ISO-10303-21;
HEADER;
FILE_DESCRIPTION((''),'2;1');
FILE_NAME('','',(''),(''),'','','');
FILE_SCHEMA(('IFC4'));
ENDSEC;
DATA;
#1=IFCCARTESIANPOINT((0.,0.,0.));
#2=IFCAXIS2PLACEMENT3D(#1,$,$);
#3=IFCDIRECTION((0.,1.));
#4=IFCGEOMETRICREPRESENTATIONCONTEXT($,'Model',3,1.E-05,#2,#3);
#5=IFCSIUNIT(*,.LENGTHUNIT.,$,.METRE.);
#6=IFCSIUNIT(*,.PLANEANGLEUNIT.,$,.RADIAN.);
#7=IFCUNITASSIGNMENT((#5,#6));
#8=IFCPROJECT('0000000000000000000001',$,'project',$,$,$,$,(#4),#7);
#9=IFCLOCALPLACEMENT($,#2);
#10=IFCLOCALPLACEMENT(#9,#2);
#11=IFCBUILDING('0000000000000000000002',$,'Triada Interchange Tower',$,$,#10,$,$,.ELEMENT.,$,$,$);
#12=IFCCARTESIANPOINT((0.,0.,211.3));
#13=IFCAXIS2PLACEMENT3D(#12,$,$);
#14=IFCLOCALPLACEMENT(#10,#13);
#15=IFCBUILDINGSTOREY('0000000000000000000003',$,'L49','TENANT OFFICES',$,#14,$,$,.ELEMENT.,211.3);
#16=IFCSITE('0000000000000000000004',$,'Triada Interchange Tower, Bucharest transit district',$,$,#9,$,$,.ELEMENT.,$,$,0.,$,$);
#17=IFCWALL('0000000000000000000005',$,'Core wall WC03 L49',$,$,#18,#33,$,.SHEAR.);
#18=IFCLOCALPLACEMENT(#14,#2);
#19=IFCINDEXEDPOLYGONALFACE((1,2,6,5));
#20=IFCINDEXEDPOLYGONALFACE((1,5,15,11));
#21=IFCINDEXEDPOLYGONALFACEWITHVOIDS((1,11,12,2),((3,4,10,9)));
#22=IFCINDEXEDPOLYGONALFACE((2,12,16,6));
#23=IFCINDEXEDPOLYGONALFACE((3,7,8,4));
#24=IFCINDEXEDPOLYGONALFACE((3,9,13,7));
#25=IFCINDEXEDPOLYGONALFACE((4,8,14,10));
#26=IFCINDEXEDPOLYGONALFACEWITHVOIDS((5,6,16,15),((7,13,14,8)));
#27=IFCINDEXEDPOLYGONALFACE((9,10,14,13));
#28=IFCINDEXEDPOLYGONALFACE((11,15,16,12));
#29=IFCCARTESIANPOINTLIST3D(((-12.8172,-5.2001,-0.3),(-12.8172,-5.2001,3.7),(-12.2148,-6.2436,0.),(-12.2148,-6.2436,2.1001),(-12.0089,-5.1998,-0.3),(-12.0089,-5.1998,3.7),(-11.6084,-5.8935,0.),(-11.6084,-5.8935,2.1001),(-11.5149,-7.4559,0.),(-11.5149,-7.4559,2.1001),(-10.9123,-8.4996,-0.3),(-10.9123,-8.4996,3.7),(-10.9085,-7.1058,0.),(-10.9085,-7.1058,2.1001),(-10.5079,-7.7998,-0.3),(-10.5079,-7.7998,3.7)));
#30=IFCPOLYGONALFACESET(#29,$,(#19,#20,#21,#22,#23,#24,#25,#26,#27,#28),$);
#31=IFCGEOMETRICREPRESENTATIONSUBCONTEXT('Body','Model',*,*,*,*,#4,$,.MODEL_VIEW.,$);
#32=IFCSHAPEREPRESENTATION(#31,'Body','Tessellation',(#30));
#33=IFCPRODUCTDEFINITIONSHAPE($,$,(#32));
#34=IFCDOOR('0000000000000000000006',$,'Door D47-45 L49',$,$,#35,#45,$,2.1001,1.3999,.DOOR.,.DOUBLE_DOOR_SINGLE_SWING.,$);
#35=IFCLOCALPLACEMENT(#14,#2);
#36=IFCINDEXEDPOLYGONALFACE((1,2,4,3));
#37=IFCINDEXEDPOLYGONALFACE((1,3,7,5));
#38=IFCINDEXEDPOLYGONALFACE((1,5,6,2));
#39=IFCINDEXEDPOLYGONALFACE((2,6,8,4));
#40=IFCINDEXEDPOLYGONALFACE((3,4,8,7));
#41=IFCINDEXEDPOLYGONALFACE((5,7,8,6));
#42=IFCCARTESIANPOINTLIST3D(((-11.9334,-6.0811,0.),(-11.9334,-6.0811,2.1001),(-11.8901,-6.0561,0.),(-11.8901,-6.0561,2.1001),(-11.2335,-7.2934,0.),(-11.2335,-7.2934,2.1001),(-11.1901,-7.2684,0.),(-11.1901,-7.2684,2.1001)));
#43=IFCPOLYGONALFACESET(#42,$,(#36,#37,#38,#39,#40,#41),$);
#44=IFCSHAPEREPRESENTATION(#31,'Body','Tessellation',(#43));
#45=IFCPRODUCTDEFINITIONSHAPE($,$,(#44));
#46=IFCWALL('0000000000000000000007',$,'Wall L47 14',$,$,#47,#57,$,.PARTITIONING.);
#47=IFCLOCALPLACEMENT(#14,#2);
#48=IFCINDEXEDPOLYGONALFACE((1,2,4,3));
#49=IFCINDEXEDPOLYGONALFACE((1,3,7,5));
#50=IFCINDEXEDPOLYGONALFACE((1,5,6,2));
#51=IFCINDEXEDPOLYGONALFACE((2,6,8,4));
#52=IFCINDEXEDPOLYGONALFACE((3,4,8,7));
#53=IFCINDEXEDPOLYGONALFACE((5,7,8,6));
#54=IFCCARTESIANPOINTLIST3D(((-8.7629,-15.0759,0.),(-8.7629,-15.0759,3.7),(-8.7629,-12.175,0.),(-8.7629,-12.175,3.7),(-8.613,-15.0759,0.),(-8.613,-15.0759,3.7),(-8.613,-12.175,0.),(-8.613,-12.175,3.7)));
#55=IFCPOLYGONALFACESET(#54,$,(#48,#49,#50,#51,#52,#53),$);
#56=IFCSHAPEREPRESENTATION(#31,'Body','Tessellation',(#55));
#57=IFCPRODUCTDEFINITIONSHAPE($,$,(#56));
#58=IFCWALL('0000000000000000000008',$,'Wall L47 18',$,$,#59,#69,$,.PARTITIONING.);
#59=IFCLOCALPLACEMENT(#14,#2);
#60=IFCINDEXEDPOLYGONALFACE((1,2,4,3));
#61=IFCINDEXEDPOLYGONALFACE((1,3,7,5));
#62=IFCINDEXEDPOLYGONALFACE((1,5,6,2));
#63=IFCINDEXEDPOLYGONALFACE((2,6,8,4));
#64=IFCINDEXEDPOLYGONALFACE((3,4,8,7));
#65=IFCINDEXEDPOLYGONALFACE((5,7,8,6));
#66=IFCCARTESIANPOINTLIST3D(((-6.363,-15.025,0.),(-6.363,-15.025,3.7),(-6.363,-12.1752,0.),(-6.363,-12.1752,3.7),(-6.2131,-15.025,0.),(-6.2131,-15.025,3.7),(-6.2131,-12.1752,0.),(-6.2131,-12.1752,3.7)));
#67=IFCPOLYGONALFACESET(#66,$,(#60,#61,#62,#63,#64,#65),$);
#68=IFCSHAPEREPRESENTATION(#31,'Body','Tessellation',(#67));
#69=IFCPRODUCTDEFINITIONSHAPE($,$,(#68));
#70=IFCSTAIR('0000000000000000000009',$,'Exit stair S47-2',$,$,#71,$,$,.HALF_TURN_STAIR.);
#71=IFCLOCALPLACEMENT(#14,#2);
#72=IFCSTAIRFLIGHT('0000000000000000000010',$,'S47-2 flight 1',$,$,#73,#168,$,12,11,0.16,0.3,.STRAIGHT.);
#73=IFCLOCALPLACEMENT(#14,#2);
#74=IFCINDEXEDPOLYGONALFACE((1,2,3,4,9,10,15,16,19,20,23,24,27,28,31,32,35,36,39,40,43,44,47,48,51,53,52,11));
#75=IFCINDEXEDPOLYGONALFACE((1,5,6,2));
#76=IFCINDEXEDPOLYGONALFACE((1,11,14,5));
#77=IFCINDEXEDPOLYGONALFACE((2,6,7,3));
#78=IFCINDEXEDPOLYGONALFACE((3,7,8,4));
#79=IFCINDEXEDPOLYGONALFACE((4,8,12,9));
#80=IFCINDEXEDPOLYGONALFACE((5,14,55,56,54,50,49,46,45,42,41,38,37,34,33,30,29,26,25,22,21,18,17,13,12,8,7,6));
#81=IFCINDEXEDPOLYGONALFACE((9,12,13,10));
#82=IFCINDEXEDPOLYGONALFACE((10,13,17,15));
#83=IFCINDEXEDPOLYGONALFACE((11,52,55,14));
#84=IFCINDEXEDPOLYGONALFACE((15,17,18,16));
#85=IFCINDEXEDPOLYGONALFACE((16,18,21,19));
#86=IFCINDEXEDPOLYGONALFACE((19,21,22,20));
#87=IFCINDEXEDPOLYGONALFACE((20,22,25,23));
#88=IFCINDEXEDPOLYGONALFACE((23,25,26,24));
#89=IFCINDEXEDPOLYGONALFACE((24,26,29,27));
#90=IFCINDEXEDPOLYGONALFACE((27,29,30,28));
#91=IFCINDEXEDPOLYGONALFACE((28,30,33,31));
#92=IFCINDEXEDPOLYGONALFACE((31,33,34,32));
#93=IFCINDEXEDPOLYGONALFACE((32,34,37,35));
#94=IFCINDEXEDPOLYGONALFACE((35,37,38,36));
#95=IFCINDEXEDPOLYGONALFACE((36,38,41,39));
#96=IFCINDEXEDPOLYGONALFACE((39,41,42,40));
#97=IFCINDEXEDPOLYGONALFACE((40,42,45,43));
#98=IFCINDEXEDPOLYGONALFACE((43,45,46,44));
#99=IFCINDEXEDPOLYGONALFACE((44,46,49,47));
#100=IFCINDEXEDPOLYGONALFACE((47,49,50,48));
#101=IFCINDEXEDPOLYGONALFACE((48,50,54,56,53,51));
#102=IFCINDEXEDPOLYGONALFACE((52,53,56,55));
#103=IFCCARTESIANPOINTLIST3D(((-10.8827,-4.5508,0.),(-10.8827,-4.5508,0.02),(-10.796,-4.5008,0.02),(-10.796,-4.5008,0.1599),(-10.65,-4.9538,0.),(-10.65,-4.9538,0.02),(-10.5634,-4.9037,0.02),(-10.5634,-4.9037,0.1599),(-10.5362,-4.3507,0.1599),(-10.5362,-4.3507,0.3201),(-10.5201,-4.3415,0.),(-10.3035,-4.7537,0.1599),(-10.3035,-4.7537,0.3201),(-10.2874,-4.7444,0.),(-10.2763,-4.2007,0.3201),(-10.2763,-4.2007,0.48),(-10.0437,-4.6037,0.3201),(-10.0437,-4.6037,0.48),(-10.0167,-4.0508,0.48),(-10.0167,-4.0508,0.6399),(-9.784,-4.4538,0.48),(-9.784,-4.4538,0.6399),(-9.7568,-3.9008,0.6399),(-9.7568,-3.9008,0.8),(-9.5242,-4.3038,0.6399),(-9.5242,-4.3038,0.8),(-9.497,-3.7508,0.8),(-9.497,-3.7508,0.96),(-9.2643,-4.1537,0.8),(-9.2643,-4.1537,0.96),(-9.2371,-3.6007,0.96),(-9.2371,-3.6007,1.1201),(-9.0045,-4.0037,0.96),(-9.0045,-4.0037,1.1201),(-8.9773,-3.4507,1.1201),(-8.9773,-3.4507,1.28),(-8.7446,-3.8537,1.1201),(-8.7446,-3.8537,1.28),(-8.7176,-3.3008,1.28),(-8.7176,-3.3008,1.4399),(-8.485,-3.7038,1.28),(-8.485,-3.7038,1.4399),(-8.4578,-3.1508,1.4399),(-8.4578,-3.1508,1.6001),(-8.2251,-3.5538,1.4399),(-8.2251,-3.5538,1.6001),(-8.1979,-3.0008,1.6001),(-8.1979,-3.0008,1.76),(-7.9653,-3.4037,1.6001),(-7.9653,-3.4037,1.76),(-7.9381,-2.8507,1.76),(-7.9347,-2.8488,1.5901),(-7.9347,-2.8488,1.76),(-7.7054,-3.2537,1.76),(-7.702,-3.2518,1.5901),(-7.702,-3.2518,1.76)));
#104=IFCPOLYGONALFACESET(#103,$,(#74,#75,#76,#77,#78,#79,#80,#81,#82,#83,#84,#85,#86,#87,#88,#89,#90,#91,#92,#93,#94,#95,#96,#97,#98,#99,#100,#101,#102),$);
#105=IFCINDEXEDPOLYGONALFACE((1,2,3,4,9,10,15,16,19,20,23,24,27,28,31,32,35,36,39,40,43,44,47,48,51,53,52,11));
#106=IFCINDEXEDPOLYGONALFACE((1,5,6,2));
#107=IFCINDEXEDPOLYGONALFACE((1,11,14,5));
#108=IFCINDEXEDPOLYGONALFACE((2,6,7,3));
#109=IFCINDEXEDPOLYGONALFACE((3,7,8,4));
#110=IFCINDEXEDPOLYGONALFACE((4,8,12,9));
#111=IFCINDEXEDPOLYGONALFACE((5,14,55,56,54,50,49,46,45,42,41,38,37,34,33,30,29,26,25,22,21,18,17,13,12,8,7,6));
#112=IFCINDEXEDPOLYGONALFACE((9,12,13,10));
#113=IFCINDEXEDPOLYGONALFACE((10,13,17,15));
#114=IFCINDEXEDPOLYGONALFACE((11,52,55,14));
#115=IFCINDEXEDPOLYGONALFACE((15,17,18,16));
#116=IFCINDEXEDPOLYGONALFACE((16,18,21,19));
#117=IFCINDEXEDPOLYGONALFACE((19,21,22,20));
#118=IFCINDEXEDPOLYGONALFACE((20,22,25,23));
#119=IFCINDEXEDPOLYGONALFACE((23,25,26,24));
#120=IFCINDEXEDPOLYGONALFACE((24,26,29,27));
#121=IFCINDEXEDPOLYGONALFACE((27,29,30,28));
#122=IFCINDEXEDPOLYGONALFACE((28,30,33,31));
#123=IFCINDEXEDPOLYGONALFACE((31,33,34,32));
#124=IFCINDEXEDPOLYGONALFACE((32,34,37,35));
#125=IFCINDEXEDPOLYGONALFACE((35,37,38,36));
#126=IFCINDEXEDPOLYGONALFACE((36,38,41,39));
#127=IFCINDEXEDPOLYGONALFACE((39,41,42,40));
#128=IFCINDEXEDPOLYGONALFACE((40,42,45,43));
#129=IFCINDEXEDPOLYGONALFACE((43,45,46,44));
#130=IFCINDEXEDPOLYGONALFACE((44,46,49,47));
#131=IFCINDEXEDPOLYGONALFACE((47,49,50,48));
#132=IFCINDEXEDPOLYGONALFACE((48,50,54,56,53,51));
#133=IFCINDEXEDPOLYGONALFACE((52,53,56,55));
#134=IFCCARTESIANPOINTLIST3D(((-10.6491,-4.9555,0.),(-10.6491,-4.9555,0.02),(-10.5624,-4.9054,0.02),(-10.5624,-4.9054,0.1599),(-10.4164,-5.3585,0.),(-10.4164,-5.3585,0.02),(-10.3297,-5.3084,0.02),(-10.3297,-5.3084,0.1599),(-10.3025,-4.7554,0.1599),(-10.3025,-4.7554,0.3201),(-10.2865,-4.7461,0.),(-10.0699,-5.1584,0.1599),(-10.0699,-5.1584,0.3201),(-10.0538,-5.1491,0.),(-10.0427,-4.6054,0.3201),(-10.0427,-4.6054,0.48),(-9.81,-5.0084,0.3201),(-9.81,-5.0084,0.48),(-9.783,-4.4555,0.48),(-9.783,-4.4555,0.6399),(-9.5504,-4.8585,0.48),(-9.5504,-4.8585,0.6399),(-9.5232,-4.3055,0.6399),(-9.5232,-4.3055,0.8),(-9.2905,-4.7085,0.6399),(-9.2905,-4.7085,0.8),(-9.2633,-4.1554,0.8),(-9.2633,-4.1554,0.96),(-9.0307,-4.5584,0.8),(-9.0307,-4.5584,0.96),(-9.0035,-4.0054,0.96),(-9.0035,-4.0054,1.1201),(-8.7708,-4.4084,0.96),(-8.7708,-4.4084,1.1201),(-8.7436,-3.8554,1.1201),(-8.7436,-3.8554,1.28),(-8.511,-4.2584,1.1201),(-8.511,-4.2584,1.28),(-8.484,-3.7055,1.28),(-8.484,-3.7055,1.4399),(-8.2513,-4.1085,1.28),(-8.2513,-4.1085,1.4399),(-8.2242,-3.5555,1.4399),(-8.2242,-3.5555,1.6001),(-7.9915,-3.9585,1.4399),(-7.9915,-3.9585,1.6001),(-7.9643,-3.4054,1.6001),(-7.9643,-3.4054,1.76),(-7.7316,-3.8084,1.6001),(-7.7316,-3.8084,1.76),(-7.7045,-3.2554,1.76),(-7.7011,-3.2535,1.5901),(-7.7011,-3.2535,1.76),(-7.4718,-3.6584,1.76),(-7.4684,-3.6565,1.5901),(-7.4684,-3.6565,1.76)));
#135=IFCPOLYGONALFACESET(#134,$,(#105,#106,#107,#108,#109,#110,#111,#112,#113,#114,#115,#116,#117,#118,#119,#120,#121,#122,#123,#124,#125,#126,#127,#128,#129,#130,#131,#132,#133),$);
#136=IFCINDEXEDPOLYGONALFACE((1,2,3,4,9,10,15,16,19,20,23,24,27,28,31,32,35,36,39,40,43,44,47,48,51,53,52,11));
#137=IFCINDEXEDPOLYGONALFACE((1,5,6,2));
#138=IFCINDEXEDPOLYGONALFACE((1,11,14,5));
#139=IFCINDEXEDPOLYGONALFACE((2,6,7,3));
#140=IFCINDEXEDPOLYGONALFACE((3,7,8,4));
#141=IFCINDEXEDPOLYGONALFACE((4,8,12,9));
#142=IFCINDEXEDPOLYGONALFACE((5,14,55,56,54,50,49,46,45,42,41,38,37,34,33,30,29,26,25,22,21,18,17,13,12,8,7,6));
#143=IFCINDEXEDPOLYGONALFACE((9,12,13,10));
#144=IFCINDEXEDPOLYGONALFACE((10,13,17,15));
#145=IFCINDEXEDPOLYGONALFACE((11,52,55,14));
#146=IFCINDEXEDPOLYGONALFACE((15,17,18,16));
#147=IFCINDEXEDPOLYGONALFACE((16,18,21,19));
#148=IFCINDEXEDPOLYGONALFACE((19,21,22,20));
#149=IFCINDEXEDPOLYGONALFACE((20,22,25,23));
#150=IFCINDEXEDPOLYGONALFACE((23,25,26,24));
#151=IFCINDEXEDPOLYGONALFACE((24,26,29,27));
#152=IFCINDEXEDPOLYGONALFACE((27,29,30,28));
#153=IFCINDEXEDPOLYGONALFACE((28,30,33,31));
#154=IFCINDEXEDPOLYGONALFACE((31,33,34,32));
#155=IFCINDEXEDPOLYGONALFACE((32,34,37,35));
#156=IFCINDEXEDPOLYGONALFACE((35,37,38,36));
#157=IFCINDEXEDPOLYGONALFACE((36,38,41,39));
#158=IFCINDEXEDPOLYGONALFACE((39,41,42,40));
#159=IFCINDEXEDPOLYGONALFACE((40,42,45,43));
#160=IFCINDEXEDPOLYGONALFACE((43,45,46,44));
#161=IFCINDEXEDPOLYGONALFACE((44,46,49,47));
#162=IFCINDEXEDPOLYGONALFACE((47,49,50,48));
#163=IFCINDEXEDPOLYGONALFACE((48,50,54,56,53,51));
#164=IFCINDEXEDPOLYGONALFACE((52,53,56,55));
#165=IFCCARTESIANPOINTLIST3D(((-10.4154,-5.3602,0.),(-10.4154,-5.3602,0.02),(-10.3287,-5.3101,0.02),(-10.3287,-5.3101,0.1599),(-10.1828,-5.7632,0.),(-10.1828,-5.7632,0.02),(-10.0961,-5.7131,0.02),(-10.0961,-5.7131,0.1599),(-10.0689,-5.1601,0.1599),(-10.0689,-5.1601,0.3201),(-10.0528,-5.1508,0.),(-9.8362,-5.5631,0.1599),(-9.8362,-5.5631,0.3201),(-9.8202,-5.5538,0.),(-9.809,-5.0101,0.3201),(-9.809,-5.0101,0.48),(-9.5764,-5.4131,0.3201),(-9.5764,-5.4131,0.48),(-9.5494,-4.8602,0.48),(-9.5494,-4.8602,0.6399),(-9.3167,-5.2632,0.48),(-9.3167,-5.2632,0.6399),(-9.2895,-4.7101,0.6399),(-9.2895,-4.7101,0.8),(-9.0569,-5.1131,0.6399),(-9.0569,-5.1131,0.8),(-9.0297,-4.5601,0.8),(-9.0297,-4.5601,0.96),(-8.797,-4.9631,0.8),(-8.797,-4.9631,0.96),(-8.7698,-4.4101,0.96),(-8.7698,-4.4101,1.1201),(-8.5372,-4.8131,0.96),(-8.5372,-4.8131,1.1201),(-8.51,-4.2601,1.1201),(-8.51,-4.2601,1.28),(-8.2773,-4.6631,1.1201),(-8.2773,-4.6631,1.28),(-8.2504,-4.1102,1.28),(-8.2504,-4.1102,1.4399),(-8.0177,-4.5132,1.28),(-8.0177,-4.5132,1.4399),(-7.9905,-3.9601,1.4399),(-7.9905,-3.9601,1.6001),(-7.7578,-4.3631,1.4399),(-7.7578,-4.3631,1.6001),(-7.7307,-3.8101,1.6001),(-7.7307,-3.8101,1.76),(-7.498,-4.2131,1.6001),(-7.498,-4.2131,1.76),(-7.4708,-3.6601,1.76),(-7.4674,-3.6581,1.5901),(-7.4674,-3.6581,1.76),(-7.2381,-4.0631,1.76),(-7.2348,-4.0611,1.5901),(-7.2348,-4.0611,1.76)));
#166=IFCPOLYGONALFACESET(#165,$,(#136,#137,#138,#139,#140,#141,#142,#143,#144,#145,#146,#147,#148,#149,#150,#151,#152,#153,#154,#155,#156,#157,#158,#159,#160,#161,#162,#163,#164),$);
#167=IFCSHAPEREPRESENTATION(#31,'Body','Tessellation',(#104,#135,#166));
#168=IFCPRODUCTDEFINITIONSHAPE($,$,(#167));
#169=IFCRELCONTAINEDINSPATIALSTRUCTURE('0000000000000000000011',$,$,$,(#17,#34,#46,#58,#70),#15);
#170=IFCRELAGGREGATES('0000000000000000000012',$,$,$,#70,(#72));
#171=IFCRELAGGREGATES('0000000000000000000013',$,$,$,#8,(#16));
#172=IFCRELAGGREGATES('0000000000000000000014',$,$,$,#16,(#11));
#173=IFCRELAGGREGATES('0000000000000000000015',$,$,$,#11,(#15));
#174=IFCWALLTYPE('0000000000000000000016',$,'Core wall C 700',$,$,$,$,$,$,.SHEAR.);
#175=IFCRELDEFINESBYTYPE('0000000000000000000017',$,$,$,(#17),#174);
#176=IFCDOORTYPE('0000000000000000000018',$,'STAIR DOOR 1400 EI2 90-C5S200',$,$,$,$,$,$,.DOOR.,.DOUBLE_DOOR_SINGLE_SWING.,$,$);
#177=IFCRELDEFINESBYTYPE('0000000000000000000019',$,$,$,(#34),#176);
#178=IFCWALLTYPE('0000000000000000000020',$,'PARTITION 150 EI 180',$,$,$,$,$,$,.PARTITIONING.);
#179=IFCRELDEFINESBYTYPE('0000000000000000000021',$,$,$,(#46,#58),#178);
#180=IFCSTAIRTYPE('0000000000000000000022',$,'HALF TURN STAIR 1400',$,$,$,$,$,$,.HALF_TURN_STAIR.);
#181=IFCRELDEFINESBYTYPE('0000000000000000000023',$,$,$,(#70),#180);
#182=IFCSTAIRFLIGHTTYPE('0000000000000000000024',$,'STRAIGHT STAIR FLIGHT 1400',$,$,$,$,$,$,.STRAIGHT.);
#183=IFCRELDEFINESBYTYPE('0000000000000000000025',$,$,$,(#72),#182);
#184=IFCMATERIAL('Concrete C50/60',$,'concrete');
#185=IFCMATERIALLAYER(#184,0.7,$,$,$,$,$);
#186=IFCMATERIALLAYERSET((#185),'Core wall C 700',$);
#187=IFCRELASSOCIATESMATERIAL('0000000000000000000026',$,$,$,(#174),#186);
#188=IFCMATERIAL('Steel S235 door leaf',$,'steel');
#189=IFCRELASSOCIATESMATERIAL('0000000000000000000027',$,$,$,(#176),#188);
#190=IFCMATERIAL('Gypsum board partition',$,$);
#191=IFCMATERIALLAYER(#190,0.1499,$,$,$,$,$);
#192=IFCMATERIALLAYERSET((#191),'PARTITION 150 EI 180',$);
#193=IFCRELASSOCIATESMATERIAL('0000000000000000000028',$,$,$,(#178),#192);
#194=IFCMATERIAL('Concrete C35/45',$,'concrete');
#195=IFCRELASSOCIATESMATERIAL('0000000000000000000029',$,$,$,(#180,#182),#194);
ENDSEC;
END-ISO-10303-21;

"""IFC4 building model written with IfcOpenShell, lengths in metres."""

from ifc_helpers import new_model, si_unit, direction, frame, frame_2d, origin, place, context, subcontext, project, spatial, polyline, rectangle, outline, extrude, material, layer, layer_set, type_object, element, fill, aggregate, save


model = new_model("IFC4")

# Units and contexts
model_context = context("Model", 3, precision=1e-05, world=origin(), true_north=direction((0.0, 1.0)))
body_context = subcontext(model_context, "Body", "Model", "MODEL_VIEW")
ifc_project = project(units=[si_unit("LENGTHUNIT", "METRE"), si_unit("PLANEANGLEUNIT", "RADIAN")], contexts=[model_context])

# Site, building, storey
site_placement = place(None, origin())
site = spatial("IfcSite", under=ifc_project, at=site_placement, Name="Triada Interchange Tower, Bucharest transit district", CompositionType="ELEMENT", RefElevation=0.0)
building_placement = place(site_placement, origin())
building = spatial("IfcBuilding", under=site, at=building_placement, Name="Triada Interchange Tower", CompositionType="ELEMENT")
storey_placement = place(building_placement, frame((0.0, 0.0, 211.3)))
storey = spatial("IfcBuildingStorey", under=building, at=storey_placement, Name="L49", Description="TENANT OFFICES", CompositionType="ELEMENT", Elevation=211.3)

# Shared definitions
ifc_material_1 = material(Name="Steel S235 door leaf", Category="steel")

# Wall, opening, door
ifc_material_2 = material(Name="Concrete C50/60", Category="concrete")
ifc_layer_1 = layer(ifc_material_2, 0.7)
ifc_layer_set_1 = layer_set([ifc_layer_1], Name="Core wall C 700")
wall_type_1 = type_object("IfcWallType", Name="Core wall C 700", PredefinedType="SHEAR", material=ifc_layer_set_1)
wall_1_placement = place(storey_placement, frame((-12.4131, -5.2, -0.3), z_axis=(0.0, 0.0, 1.0), x_axis=(0.499993, -0.866029, 0.0)))
wall_1 = element("IfcWall", 1, at=wall_1_placement, inside=storey, type_object=wall_type_1, Name="Core wall WC03 L49", PredefinedType="SHEAR", context=body_context, shape_type="SweptSolid", body=[
    extrude(outline(polyline([(-0.2019, -0.3501), (1.7031, -0.3501), (3.6079, -0.3501), (3.2041, 0.3501), (1.7031, 0.3501), (0.2019, 0.3501), (-0.2019, -0.3501)])), origin(), (0.0, 0.0, 1.0), 4.0),
])
opening_1_placement = place(wall_1_placement, frame((1.0029, 0.0, 0.3)))
opening_1 = element("IfcOpeningElement", 2, at=opening_1_placement, cuts=wall_1, PredefinedType="OPENING", context=body_context, shape_type="SweptSolid", body=[
    extrude(rectangle(XDim=1.3999, YDim=2.1001, at=frame_2d((0.7, 1.05))), frame((0.0, 0.3601, 0.0), z_axis=(0.0, -1.0, 0.0), x_axis=(1.0, 0.0, 0.0)), (0.0, 0.0, 1.0), 0.7202),
])
door_type_1 = type_object("IfcDoorType", Name="STAIR DOOR 1400 EI2 90-C5S200", OperationType="DOUBLE_DOOR_SINGLE_SWING", PredefinedType="DOOR", material=ifc_material_1)
door_1_placement = place(opening_1_placement, origin())
door_1 = element("IfcDoor", 3, at=door_1_placement, inside=storey, type_object=door_type_1, Name="Door D47-45 L49", OperationType="DOUBLE_DOOR_SINGLE_SWING", OverallHeight=2.1001, OverallWidth=1.3999, PredefinedType="DOOR", context=body_context, shape_type="SweptSolid", body=[
    extrude(rectangle(XDim=1.3999, YDim=2.1001, at=frame_2d((0.7, 1.05))), frame((0.0, 0.0249, 0.0), z_axis=(0.0, -1.0, 0.0), x_axis=(1.0, 0.0, 0.0)), (0.0, 0.0, 1.0), 0.05),
])
fill(opening_1, door_1)

# Walls
ifc_material_3 = material(Name="Gypsum board partition")
ifc_layer_2 = layer(ifc_material_3, 0.1499)
ifc_layer_set_2 = layer_set([ifc_layer_2], Name="PARTITION 150 EI 180")
wall_type_2 = type_object("IfcWallType", Name="PARTITION 150 EI 180", PredefinedType="PARTITIONING", material=ifc_layer_set_2)
wall_2_placement = place(storey_placement, frame((-8.688, -15.0759, 0.0), z_axis=(0.0, 0.0, 1.0), x_axis=(0.0, 1.0, 0.0)))
element("IfcWall", 4, at=wall_2_placement, inside=storey, type_object=wall_type_2, Name="Wall L47 14", PredefinedType="PARTITIONING", context=body_context, shape_type="SweptSolid", body=[
    extrude(rectangle(XDim=2.9009, YDim=0.1499, at=frame_2d((1.4504, 0.0))), origin(), (0.0, 0.0, 1.0), 3.7),
])
wall_3_placement = place(storey_placement, frame((-6.2881, -15.0249, 0.0), z_axis=(0.0, 0.0, 1.0), x_axis=(0.0, 1.0, 0.0)))
element("IfcWall", 5, at=wall_3_placement, inside=storey, type_object=wall_type_2, Name="Wall L47 18", PredefinedType="PARTITIONING", context=body_context, shape_type="SweptSolid", body=[
    extrude(rectangle(XDim=2.8499, YDim=0.1499, at=frame_2d((1.4248, 0.0))), origin(), (0.0, 0.0, 1.0), 3.7),
])

# Stair, stair flight
ifc_material_4 = material(Name="Concrete C35/45", Category="concrete")
stair_type = type_object("IfcStairType", Name="HALF TURN STAIR 1400", PredefinedType="HALF_TURN_STAIR", material=ifc_material_4)
stair_placement = place(storey_placement, origin())
stair = element("IfcStair", 6, at=stair_placement, inside=storey, type_object=stair_type, Name="Exit stair S47-2", PredefinedType="HALF_TURN_STAIR")
stair_flight_type = type_object("IfcStairFlightType", Name="STRAIGHT STAIR FLIGHT 1400", PredefinedType="STRAIGHT", material=ifc_material_4)
stair_flight_1_placement = place(storey_placement, frame((-10.446, -5.1069, 0.0), z_axis=(0.0, 0.0, 1.0), x_axis=(0.866025, 0.5, 0.0)))
stair_flight_1 = element("IfcStairFlight", 7, at=stair_flight_1_placement, type_object=stair_flight_type, Name="S47-2 flight 1", NumberOfRisers=12, NumberOfTreads=11, PredefinedType="STRAIGHT", RiserHeight=0.16, TreadLength=0.3, context=body_context, shape_type="SweptSolid", body=[
    extrude(outline(polyline([(-0.1001, 0.0), (-0.1001, 0.02), (0.0, 0.02), (0.0, 0.1599), (0.3, 0.1599), (0.3, 0.3201), (0.6001, 0.3201), (0.6001, 0.48), (0.8999, 0.48), (0.8999, 0.6399), (1.2, 0.6399), (1.2, 0.8), (1.5, 0.8), (1.5, 0.96), (1.8, 0.96), (1.8, 1.1201), (2.1001, 1.1201), (2.1001, 1.28), (2.3999, 1.28), (2.3999, 1.4399), (2.7, 1.4399), (2.7, 1.6001), (3.0, 1.6001), (3.0, 1.76), (3.3, 1.76), (3.304, 1.76), (3.304, 1.9199), (3.304, 1.5901), (0.3186, 0.0), (-0.1001, 0.0)])), frame((0.0, 0.7, 0.0), z_axis=(0.0, -1.0, 0.0), x_axis=(1.0, 0.0, 0.0)), (0.0, 0.0, 1.0), 0.4653),
    extrude(outline(polyline([(-0.1001, 0.0), (-0.1001, 0.02), (0.0, 0.02), (0.0, 0.1599), (0.3, 0.1599), (0.3, 0.3201), (0.6001, 0.3201), (0.6001, 0.48), (0.8999, 0.48), (0.8999, 0.6399), (1.2, 0.6399), (1.2, 0.8), (1.5, 0.8), (1.5, 0.96), (1.8, 0.96), (1.8, 1.1201), (2.1001, 1.1201), (2.1001, 1.28), (2.3999, 1.28), (2.3999, 1.4399), (2.7, 1.4399), (2.7, 1.6001), (3.0, 1.6001), (3.0, 1.76), (3.3, 1.76), (3.304, 1.76), (3.304, 1.9199), (3.304, 1.5901), (0.3186, 0.0), (-0.1001, 0.0)])), frame((0.0, 0.2327, 0.0), z_axis=(0.0, -1.0, 0.0), x_axis=(1.0, 0.0, 0.0)), (0.0, 0.0, 1.0), 0.4653),
    extrude(outline(polyline([(-0.1001, 0.0), (-0.1001, 0.02), (0.0, 0.02), (0.0, 0.1599), (0.3, 0.1599), (0.3, 0.3201), (0.6001, 0.3201), (0.6001, 0.48), (0.8999, 0.48), (0.8999, 0.6399), (1.2, 0.6399), (1.2, 0.8), (1.5, 0.8), (1.5, 0.96), (1.8, 0.96), (1.8, 1.1201), (2.1001, 1.1201), (2.1001, 1.28), (2.3999, 1.28), (2.3999, 1.4399), (2.7, 1.4399), (2.7, 1.6001), (3.0, 1.6001), (3.0, 1.76), (3.3, 1.76), (3.304, 1.76), (3.304, 1.9199), (3.304, 1.5901), (0.3186, 0.0), (-0.1001, 0.0)])), frame((0.0, -0.2346, 0.0), z_axis=(0.0, -1.0, 0.0), x_axis=(1.0, 0.0, 0.0)), (0.0, 0.0, 1.0), 0.4653),
])
aggregate(stair, [stair_flight_1])

save(model, "model.ifc")
